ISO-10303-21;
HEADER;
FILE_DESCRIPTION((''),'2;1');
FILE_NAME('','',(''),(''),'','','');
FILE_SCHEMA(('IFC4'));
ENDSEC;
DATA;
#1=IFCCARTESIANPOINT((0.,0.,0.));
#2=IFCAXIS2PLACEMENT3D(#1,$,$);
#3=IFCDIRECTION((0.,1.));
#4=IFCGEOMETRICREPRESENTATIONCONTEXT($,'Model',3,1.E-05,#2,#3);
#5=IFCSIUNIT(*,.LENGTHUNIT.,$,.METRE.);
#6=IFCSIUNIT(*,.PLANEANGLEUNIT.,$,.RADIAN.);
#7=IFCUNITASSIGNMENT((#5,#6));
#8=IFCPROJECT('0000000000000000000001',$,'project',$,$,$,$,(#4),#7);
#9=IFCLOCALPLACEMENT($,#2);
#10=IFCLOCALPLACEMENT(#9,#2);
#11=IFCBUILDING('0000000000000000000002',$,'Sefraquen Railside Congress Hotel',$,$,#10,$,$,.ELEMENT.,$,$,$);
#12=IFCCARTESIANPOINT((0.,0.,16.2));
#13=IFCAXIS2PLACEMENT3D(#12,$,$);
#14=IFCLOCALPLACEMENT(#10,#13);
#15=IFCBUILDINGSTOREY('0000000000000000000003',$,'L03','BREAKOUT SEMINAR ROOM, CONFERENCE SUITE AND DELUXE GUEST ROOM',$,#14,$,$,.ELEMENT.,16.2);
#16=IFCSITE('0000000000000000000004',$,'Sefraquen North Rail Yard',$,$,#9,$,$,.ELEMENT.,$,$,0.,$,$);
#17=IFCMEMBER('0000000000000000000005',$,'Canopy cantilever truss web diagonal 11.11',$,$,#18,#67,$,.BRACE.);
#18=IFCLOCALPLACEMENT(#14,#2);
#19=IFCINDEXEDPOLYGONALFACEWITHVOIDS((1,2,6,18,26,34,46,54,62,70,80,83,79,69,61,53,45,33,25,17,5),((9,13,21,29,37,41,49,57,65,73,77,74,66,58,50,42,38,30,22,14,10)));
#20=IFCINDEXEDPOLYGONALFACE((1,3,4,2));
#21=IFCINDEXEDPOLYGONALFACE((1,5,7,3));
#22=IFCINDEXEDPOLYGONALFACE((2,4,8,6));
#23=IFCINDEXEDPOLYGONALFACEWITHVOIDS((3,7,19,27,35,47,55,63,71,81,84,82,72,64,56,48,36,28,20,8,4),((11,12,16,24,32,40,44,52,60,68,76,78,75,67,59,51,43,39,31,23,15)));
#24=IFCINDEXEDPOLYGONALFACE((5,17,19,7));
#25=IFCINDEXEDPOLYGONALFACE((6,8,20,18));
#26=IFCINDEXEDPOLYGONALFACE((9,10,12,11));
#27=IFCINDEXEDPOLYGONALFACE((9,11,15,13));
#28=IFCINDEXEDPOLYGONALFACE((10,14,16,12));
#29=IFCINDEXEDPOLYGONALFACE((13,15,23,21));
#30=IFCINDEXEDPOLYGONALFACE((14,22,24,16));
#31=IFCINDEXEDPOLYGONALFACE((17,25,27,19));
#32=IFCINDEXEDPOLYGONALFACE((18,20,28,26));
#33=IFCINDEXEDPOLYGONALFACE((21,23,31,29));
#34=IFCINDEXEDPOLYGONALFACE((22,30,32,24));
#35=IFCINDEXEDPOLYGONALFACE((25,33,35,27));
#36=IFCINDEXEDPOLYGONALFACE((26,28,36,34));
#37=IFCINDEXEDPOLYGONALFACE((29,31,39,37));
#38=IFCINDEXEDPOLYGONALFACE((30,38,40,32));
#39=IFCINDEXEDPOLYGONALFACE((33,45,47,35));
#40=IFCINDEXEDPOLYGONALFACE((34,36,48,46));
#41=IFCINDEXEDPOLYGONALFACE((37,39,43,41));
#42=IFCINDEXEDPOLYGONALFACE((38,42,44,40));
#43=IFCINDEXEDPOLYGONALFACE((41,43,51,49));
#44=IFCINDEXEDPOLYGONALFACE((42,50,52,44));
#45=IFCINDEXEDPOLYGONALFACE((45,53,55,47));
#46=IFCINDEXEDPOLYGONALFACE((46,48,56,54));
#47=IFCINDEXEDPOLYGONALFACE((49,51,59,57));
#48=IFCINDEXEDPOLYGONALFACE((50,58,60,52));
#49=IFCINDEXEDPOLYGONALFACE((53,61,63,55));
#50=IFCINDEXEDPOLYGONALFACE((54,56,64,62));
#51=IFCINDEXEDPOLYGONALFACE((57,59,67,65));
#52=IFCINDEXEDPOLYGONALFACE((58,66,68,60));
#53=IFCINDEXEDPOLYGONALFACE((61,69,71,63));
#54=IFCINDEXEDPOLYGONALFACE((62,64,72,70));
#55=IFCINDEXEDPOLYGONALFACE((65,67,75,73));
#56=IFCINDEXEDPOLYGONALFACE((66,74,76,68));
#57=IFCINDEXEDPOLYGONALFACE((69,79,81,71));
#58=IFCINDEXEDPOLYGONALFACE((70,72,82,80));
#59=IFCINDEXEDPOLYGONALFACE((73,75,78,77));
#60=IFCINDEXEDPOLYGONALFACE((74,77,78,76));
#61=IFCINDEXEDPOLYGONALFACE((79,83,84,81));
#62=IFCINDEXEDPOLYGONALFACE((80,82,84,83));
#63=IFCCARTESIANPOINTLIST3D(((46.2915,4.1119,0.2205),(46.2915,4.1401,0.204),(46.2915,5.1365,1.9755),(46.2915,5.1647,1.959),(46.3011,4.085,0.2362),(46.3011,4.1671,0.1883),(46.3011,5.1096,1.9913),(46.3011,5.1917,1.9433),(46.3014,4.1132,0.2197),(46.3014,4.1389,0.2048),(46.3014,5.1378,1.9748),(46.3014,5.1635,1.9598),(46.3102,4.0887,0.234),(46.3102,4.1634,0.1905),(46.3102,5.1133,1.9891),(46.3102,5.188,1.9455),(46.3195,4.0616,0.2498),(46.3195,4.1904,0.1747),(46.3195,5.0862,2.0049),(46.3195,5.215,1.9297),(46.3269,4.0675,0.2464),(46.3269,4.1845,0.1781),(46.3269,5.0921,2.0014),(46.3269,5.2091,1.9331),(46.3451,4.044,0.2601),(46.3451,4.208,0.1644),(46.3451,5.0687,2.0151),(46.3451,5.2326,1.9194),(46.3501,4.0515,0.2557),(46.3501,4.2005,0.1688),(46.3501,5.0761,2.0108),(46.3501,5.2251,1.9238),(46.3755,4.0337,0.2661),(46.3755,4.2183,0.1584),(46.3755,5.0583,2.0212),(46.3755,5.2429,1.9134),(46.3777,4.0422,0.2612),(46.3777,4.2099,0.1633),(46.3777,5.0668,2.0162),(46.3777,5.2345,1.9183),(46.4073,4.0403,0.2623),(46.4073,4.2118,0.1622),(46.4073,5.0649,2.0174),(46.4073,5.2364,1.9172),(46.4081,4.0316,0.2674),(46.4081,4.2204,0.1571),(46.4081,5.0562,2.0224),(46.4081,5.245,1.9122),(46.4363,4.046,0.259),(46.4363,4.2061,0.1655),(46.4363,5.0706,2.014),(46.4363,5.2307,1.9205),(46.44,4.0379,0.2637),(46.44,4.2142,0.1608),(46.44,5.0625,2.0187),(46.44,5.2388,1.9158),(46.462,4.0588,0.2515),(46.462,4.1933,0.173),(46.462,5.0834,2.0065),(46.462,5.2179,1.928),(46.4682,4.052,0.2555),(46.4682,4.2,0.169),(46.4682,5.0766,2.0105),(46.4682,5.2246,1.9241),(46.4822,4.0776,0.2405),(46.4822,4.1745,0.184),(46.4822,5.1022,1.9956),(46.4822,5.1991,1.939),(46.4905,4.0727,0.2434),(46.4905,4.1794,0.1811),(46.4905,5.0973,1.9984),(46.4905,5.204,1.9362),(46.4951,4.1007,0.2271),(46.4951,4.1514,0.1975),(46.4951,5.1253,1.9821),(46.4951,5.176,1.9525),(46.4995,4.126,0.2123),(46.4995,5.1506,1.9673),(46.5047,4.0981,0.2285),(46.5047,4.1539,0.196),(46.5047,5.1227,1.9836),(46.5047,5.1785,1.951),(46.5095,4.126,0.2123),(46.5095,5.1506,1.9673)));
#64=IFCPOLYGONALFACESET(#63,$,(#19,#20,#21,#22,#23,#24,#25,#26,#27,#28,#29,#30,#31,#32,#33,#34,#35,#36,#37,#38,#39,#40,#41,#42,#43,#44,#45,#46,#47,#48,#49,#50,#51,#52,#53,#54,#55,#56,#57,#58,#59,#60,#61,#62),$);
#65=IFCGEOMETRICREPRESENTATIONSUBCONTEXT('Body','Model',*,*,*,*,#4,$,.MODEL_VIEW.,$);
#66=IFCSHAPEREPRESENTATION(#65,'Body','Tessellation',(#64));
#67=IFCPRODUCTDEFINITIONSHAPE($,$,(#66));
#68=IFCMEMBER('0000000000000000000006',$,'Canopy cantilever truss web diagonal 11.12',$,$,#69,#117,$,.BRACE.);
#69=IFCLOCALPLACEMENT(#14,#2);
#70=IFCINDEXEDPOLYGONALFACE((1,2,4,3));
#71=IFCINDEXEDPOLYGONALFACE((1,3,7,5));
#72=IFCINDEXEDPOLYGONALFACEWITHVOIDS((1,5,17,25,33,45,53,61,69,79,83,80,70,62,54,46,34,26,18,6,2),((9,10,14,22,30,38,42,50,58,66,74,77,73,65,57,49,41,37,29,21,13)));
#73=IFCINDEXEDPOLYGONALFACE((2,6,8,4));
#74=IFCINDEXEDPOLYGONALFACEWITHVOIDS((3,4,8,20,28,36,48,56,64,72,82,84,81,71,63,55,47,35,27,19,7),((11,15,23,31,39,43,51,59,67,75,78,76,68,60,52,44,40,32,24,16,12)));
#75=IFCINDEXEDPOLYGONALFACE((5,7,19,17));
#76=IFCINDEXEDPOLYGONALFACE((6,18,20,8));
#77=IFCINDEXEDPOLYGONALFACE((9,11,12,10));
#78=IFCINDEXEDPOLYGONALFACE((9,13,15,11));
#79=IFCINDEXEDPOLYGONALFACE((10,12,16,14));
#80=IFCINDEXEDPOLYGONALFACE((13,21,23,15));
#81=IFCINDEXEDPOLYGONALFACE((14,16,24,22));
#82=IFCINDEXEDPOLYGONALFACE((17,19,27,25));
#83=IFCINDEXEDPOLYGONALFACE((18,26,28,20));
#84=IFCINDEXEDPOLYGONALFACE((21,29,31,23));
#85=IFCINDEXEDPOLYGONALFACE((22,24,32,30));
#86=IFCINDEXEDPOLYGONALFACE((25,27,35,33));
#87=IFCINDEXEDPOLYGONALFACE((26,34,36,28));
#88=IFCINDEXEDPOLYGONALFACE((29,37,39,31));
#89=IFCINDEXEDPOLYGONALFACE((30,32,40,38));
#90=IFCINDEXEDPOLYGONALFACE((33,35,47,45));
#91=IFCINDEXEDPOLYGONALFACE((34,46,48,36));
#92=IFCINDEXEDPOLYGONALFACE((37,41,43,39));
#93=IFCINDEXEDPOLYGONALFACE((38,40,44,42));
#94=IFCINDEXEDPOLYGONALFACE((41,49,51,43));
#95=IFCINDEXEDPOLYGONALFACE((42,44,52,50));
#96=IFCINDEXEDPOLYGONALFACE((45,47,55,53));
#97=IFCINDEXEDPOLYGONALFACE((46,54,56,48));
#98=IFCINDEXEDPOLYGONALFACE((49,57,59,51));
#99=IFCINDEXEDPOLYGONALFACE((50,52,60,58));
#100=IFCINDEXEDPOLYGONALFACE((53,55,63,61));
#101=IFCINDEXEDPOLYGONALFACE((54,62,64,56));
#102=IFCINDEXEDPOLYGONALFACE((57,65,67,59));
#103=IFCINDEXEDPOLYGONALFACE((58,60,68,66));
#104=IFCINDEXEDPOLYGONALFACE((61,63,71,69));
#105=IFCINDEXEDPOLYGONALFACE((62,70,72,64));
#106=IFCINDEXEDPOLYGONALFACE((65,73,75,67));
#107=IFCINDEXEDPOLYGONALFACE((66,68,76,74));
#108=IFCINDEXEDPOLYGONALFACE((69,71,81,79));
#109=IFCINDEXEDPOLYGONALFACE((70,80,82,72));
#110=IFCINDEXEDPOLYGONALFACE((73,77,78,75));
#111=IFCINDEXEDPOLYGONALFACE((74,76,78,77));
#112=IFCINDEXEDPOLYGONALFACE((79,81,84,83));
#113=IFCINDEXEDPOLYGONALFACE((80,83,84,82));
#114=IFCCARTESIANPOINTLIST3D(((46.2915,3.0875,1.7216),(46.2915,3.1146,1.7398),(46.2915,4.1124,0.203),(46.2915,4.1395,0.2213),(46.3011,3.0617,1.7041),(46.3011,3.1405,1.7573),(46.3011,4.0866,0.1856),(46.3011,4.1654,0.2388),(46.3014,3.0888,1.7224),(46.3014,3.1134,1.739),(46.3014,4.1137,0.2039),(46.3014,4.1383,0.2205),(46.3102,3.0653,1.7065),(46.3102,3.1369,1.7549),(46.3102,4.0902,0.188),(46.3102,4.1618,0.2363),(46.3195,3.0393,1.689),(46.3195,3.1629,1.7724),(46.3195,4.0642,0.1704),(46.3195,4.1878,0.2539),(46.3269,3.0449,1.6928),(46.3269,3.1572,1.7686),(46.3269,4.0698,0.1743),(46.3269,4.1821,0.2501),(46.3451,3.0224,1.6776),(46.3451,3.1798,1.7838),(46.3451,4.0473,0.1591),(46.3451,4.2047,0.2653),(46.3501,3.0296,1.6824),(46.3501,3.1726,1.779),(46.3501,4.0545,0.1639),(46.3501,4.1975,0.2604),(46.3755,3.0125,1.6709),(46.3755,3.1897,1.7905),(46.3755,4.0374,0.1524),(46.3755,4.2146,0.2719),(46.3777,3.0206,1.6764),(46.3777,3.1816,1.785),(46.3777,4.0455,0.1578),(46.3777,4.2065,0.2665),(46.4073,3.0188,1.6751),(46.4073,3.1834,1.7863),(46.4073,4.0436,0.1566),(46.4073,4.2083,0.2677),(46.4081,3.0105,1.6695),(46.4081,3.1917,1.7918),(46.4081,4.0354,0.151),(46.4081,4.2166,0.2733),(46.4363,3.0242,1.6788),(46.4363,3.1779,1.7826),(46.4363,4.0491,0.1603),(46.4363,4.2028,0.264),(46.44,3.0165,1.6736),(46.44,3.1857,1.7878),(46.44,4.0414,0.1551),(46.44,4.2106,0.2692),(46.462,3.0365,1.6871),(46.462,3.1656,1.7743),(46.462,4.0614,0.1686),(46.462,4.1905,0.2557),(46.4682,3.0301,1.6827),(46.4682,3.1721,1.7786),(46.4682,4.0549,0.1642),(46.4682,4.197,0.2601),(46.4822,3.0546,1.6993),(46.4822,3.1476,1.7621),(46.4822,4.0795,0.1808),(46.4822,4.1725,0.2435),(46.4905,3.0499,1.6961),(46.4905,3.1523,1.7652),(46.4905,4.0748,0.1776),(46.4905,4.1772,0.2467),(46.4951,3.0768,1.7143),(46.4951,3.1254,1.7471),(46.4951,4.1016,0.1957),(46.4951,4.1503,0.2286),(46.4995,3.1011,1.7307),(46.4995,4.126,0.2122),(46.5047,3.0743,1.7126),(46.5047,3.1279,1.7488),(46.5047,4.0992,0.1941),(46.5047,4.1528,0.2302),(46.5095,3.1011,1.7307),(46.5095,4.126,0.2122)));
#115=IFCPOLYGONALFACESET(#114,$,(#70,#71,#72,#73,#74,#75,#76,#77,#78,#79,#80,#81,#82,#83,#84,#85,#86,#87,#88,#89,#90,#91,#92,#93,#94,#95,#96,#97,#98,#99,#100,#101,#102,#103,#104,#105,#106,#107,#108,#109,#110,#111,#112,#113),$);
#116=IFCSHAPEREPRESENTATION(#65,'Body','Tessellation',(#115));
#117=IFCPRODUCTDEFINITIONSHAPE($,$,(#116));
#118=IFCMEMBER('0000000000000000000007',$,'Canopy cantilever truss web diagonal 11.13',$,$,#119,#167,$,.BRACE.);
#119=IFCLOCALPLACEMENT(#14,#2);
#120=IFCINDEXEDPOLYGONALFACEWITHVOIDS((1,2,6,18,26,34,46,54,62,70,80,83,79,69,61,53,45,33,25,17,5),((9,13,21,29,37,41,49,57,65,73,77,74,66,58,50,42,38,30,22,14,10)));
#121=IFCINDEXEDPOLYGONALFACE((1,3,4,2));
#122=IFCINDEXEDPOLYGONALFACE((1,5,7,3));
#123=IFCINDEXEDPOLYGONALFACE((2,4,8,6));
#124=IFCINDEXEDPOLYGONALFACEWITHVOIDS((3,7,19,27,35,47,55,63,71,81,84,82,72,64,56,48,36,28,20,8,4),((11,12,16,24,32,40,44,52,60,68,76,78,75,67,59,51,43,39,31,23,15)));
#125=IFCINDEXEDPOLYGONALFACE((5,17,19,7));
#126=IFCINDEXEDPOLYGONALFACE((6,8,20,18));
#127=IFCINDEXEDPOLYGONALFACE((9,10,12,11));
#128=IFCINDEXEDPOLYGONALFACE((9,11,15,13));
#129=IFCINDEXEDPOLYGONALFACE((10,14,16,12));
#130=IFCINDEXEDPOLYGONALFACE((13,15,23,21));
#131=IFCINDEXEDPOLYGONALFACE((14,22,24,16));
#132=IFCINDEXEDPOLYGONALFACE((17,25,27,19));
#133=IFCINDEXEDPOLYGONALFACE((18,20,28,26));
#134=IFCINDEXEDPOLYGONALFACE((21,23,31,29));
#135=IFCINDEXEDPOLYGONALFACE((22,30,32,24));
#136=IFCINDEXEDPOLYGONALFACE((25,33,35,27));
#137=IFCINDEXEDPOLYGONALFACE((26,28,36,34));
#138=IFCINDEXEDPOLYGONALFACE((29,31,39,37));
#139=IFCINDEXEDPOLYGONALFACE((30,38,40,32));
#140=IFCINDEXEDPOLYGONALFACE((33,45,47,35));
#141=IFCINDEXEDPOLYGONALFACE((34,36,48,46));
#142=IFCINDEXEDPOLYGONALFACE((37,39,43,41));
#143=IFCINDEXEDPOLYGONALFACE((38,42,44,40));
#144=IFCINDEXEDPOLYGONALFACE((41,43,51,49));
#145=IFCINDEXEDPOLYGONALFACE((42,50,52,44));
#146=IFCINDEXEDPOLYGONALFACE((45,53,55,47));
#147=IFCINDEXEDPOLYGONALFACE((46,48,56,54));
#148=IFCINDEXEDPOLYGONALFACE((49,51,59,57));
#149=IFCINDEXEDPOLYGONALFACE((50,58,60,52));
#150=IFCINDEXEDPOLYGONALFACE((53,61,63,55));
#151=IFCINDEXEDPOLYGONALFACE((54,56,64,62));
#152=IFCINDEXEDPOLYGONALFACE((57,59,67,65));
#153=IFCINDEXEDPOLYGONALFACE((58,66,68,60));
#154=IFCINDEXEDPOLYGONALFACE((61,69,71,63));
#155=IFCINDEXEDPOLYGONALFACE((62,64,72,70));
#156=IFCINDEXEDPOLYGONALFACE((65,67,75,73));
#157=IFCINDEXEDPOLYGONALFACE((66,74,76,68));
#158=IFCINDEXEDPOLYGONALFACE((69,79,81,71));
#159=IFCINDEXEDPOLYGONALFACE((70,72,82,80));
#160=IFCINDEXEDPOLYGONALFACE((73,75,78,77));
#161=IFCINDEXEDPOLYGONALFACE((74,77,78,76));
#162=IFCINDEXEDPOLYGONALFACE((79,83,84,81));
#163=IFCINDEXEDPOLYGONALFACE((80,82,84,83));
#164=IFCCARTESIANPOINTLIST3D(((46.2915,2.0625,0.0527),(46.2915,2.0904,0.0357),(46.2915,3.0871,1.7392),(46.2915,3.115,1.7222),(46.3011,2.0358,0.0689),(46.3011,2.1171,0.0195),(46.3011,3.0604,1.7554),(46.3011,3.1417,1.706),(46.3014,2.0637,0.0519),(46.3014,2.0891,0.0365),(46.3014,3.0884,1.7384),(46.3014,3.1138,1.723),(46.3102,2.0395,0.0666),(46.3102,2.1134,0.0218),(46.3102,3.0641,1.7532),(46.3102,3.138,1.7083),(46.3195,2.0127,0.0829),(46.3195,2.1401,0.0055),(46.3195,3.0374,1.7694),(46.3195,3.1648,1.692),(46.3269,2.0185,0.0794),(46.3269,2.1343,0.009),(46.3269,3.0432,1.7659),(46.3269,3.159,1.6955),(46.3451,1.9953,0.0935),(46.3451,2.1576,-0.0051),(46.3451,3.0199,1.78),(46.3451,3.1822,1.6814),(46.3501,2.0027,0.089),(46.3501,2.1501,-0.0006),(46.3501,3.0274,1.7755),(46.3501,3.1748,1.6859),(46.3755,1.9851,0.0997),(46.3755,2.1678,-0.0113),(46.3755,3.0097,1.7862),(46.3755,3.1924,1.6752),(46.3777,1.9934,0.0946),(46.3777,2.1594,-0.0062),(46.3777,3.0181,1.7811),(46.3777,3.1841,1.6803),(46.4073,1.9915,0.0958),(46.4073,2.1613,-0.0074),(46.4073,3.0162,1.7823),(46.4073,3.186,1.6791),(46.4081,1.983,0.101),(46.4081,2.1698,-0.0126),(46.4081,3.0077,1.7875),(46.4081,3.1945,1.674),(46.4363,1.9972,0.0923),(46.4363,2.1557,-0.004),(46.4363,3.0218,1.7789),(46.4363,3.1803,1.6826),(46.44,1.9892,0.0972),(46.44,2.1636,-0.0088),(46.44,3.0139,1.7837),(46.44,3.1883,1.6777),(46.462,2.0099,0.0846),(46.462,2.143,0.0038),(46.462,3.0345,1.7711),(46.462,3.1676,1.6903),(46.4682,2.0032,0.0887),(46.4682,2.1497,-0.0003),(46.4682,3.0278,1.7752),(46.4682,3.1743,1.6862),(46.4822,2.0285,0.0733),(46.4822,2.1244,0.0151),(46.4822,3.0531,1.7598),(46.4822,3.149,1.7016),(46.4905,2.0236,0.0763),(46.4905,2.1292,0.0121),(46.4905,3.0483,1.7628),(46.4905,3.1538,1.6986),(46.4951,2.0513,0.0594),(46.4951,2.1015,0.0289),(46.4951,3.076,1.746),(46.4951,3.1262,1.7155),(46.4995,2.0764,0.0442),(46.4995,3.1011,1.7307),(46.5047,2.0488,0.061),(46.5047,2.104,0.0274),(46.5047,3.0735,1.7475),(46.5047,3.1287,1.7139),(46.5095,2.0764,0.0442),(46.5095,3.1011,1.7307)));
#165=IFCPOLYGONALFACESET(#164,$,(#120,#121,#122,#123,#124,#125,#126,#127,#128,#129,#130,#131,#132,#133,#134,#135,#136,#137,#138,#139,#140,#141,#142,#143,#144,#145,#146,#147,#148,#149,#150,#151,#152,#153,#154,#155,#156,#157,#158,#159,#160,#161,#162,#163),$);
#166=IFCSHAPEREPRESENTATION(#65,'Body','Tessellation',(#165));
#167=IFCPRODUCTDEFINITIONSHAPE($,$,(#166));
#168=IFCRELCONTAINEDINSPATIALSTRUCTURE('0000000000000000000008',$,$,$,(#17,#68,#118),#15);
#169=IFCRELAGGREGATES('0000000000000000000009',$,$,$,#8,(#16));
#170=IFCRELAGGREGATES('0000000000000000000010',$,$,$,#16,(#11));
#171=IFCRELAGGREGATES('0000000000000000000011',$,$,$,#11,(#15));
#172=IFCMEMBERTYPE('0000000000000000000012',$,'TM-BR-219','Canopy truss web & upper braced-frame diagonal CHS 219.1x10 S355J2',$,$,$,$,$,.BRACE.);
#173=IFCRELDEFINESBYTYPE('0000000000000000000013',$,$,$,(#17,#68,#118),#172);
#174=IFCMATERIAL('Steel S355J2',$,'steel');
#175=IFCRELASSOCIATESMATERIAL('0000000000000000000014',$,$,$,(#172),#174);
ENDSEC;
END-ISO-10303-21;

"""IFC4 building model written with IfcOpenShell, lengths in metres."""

from ifc_helpers import new_model, si_unit, direction, frame, origin, origin_2d, place, context, subcontext, project, spatial, hollow_circle, extrude, material, material_profile, profile_set, type_object, element, save


model = new_model("IFC4")

# Units and contexts
model_context = context("Model", 3, precision=1e-05, world=origin(), true_north=direction((0.0, 1.0)))
body_context = subcontext(model_context, "Body", "Model", "MODEL_VIEW")
ifc_project = project(units=[si_unit("LENGTHUNIT", "METRE"), si_unit("PLANEANGLEUNIT", "RADIAN")], contexts=[model_context])

# Site, building, storey
site_placement = place(None, origin())
site = spatial("IfcSite", under=ifc_project, at=site_placement, Name="Sefraquen North Rail Yard", CompositionType="ELEMENT", RefElevation=0.0)
building_placement = place(site_placement, origin())
building = spatial("IfcBuilding", under=site, at=building_placement, Name="Sefraquen Railside Congress Hotel", CompositionType="ELEMENT")
storey_placement = place(building_placement, frame((0.0, 0.0, 16.2)))
storey = spatial("IfcBuildingStorey", under=building, at=storey_placement, Name="L03", Description="BREAKOUT SEMINAR ROOM, CONFERENCE SUITE AND DELUXE GUEST ROOM", CompositionType="ELEMENT", Elevation=16.2)

# Members
ifc_material_1 = material(Name="Steel S355J2", Category="steel")
ifc_material_profile_1 = material_profile(ifc_material_1, hollow_circle(Radius=0.1096, WallThickness=0.01, at=origin_2d()), Name="CHS 219.1x10")
ifc_profile_set_1 = profile_set([ifc_material_profile_1], Name="Steel S355J2")
member_type_1 = type_object("IfcMemberType", Name="TM-BR-219", Description="Canopy truss web & upper braced-frame diagonal CHS 219.1x10 S355J2", PredefinedType="BRACE", material=ifc_profile_set_1)
member_1_placement = place(storey_placement, frame((46.3999, 5.1506, 1.9673), z_axis=(0.0, -0.504177, -0.8636), x_axis=(1.0, 0.0, 0.0)))
element("IfcMember", 1, at=member_1_placement, inside=storey, type_object=member_type_1, Name="Canopy cantilever truss web diagonal 11.11", PredefinedType="BRACE", context=body_context, shape_type="SweptSolid", body=[
    extrude(hollow_circle(Radius=0.1096, WallThickness=0.01, at=origin_2d()), origin(), (0.0, 0.0, 1.0), 2.0322),
])
member_2_placement = place(storey_placement, frame((46.3999, 4.126, 0.2122), z_axis=(0.0, -0.559427, 0.82888), x_axis=(1.0, 0.0, 0.0)))
element("IfcMember", 2, at=member_2_placement, inside=storey, type_object=member_type_1, Name="Canopy cantilever truss web diagonal 11.12", PredefinedType="BRACE", context=body_context, shape_type="SweptSolid", body=[
    extrude(hollow_circle(Radius=0.1096, WallThickness=0.01, at=origin_2d()), origin(), (0.0, 0.0, 1.0), 1.832),
])
member_3_placement = place(storey_placement, frame((46.3999, 3.1011, 1.7307), z_axis=(0.0, -0.519236, -0.854631), x_axis=(1.0, 0.0, 0.0)))
element("IfcMember", 3, at=member_3_placement, inside=storey, type_object=member_type_1, Name="Canopy cantilever truss web diagonal 11.13", PredefinedType="BRACE", context=body_context, shape_type="SweptSolid", body=[
    extrude(hollow_circle(Radius=0.1096, WallThickness=0.01, at=origin_2d()), origin(), (0.0, 0.0, 1.0), 1.9734),
])

save(model, "model.ifc")
